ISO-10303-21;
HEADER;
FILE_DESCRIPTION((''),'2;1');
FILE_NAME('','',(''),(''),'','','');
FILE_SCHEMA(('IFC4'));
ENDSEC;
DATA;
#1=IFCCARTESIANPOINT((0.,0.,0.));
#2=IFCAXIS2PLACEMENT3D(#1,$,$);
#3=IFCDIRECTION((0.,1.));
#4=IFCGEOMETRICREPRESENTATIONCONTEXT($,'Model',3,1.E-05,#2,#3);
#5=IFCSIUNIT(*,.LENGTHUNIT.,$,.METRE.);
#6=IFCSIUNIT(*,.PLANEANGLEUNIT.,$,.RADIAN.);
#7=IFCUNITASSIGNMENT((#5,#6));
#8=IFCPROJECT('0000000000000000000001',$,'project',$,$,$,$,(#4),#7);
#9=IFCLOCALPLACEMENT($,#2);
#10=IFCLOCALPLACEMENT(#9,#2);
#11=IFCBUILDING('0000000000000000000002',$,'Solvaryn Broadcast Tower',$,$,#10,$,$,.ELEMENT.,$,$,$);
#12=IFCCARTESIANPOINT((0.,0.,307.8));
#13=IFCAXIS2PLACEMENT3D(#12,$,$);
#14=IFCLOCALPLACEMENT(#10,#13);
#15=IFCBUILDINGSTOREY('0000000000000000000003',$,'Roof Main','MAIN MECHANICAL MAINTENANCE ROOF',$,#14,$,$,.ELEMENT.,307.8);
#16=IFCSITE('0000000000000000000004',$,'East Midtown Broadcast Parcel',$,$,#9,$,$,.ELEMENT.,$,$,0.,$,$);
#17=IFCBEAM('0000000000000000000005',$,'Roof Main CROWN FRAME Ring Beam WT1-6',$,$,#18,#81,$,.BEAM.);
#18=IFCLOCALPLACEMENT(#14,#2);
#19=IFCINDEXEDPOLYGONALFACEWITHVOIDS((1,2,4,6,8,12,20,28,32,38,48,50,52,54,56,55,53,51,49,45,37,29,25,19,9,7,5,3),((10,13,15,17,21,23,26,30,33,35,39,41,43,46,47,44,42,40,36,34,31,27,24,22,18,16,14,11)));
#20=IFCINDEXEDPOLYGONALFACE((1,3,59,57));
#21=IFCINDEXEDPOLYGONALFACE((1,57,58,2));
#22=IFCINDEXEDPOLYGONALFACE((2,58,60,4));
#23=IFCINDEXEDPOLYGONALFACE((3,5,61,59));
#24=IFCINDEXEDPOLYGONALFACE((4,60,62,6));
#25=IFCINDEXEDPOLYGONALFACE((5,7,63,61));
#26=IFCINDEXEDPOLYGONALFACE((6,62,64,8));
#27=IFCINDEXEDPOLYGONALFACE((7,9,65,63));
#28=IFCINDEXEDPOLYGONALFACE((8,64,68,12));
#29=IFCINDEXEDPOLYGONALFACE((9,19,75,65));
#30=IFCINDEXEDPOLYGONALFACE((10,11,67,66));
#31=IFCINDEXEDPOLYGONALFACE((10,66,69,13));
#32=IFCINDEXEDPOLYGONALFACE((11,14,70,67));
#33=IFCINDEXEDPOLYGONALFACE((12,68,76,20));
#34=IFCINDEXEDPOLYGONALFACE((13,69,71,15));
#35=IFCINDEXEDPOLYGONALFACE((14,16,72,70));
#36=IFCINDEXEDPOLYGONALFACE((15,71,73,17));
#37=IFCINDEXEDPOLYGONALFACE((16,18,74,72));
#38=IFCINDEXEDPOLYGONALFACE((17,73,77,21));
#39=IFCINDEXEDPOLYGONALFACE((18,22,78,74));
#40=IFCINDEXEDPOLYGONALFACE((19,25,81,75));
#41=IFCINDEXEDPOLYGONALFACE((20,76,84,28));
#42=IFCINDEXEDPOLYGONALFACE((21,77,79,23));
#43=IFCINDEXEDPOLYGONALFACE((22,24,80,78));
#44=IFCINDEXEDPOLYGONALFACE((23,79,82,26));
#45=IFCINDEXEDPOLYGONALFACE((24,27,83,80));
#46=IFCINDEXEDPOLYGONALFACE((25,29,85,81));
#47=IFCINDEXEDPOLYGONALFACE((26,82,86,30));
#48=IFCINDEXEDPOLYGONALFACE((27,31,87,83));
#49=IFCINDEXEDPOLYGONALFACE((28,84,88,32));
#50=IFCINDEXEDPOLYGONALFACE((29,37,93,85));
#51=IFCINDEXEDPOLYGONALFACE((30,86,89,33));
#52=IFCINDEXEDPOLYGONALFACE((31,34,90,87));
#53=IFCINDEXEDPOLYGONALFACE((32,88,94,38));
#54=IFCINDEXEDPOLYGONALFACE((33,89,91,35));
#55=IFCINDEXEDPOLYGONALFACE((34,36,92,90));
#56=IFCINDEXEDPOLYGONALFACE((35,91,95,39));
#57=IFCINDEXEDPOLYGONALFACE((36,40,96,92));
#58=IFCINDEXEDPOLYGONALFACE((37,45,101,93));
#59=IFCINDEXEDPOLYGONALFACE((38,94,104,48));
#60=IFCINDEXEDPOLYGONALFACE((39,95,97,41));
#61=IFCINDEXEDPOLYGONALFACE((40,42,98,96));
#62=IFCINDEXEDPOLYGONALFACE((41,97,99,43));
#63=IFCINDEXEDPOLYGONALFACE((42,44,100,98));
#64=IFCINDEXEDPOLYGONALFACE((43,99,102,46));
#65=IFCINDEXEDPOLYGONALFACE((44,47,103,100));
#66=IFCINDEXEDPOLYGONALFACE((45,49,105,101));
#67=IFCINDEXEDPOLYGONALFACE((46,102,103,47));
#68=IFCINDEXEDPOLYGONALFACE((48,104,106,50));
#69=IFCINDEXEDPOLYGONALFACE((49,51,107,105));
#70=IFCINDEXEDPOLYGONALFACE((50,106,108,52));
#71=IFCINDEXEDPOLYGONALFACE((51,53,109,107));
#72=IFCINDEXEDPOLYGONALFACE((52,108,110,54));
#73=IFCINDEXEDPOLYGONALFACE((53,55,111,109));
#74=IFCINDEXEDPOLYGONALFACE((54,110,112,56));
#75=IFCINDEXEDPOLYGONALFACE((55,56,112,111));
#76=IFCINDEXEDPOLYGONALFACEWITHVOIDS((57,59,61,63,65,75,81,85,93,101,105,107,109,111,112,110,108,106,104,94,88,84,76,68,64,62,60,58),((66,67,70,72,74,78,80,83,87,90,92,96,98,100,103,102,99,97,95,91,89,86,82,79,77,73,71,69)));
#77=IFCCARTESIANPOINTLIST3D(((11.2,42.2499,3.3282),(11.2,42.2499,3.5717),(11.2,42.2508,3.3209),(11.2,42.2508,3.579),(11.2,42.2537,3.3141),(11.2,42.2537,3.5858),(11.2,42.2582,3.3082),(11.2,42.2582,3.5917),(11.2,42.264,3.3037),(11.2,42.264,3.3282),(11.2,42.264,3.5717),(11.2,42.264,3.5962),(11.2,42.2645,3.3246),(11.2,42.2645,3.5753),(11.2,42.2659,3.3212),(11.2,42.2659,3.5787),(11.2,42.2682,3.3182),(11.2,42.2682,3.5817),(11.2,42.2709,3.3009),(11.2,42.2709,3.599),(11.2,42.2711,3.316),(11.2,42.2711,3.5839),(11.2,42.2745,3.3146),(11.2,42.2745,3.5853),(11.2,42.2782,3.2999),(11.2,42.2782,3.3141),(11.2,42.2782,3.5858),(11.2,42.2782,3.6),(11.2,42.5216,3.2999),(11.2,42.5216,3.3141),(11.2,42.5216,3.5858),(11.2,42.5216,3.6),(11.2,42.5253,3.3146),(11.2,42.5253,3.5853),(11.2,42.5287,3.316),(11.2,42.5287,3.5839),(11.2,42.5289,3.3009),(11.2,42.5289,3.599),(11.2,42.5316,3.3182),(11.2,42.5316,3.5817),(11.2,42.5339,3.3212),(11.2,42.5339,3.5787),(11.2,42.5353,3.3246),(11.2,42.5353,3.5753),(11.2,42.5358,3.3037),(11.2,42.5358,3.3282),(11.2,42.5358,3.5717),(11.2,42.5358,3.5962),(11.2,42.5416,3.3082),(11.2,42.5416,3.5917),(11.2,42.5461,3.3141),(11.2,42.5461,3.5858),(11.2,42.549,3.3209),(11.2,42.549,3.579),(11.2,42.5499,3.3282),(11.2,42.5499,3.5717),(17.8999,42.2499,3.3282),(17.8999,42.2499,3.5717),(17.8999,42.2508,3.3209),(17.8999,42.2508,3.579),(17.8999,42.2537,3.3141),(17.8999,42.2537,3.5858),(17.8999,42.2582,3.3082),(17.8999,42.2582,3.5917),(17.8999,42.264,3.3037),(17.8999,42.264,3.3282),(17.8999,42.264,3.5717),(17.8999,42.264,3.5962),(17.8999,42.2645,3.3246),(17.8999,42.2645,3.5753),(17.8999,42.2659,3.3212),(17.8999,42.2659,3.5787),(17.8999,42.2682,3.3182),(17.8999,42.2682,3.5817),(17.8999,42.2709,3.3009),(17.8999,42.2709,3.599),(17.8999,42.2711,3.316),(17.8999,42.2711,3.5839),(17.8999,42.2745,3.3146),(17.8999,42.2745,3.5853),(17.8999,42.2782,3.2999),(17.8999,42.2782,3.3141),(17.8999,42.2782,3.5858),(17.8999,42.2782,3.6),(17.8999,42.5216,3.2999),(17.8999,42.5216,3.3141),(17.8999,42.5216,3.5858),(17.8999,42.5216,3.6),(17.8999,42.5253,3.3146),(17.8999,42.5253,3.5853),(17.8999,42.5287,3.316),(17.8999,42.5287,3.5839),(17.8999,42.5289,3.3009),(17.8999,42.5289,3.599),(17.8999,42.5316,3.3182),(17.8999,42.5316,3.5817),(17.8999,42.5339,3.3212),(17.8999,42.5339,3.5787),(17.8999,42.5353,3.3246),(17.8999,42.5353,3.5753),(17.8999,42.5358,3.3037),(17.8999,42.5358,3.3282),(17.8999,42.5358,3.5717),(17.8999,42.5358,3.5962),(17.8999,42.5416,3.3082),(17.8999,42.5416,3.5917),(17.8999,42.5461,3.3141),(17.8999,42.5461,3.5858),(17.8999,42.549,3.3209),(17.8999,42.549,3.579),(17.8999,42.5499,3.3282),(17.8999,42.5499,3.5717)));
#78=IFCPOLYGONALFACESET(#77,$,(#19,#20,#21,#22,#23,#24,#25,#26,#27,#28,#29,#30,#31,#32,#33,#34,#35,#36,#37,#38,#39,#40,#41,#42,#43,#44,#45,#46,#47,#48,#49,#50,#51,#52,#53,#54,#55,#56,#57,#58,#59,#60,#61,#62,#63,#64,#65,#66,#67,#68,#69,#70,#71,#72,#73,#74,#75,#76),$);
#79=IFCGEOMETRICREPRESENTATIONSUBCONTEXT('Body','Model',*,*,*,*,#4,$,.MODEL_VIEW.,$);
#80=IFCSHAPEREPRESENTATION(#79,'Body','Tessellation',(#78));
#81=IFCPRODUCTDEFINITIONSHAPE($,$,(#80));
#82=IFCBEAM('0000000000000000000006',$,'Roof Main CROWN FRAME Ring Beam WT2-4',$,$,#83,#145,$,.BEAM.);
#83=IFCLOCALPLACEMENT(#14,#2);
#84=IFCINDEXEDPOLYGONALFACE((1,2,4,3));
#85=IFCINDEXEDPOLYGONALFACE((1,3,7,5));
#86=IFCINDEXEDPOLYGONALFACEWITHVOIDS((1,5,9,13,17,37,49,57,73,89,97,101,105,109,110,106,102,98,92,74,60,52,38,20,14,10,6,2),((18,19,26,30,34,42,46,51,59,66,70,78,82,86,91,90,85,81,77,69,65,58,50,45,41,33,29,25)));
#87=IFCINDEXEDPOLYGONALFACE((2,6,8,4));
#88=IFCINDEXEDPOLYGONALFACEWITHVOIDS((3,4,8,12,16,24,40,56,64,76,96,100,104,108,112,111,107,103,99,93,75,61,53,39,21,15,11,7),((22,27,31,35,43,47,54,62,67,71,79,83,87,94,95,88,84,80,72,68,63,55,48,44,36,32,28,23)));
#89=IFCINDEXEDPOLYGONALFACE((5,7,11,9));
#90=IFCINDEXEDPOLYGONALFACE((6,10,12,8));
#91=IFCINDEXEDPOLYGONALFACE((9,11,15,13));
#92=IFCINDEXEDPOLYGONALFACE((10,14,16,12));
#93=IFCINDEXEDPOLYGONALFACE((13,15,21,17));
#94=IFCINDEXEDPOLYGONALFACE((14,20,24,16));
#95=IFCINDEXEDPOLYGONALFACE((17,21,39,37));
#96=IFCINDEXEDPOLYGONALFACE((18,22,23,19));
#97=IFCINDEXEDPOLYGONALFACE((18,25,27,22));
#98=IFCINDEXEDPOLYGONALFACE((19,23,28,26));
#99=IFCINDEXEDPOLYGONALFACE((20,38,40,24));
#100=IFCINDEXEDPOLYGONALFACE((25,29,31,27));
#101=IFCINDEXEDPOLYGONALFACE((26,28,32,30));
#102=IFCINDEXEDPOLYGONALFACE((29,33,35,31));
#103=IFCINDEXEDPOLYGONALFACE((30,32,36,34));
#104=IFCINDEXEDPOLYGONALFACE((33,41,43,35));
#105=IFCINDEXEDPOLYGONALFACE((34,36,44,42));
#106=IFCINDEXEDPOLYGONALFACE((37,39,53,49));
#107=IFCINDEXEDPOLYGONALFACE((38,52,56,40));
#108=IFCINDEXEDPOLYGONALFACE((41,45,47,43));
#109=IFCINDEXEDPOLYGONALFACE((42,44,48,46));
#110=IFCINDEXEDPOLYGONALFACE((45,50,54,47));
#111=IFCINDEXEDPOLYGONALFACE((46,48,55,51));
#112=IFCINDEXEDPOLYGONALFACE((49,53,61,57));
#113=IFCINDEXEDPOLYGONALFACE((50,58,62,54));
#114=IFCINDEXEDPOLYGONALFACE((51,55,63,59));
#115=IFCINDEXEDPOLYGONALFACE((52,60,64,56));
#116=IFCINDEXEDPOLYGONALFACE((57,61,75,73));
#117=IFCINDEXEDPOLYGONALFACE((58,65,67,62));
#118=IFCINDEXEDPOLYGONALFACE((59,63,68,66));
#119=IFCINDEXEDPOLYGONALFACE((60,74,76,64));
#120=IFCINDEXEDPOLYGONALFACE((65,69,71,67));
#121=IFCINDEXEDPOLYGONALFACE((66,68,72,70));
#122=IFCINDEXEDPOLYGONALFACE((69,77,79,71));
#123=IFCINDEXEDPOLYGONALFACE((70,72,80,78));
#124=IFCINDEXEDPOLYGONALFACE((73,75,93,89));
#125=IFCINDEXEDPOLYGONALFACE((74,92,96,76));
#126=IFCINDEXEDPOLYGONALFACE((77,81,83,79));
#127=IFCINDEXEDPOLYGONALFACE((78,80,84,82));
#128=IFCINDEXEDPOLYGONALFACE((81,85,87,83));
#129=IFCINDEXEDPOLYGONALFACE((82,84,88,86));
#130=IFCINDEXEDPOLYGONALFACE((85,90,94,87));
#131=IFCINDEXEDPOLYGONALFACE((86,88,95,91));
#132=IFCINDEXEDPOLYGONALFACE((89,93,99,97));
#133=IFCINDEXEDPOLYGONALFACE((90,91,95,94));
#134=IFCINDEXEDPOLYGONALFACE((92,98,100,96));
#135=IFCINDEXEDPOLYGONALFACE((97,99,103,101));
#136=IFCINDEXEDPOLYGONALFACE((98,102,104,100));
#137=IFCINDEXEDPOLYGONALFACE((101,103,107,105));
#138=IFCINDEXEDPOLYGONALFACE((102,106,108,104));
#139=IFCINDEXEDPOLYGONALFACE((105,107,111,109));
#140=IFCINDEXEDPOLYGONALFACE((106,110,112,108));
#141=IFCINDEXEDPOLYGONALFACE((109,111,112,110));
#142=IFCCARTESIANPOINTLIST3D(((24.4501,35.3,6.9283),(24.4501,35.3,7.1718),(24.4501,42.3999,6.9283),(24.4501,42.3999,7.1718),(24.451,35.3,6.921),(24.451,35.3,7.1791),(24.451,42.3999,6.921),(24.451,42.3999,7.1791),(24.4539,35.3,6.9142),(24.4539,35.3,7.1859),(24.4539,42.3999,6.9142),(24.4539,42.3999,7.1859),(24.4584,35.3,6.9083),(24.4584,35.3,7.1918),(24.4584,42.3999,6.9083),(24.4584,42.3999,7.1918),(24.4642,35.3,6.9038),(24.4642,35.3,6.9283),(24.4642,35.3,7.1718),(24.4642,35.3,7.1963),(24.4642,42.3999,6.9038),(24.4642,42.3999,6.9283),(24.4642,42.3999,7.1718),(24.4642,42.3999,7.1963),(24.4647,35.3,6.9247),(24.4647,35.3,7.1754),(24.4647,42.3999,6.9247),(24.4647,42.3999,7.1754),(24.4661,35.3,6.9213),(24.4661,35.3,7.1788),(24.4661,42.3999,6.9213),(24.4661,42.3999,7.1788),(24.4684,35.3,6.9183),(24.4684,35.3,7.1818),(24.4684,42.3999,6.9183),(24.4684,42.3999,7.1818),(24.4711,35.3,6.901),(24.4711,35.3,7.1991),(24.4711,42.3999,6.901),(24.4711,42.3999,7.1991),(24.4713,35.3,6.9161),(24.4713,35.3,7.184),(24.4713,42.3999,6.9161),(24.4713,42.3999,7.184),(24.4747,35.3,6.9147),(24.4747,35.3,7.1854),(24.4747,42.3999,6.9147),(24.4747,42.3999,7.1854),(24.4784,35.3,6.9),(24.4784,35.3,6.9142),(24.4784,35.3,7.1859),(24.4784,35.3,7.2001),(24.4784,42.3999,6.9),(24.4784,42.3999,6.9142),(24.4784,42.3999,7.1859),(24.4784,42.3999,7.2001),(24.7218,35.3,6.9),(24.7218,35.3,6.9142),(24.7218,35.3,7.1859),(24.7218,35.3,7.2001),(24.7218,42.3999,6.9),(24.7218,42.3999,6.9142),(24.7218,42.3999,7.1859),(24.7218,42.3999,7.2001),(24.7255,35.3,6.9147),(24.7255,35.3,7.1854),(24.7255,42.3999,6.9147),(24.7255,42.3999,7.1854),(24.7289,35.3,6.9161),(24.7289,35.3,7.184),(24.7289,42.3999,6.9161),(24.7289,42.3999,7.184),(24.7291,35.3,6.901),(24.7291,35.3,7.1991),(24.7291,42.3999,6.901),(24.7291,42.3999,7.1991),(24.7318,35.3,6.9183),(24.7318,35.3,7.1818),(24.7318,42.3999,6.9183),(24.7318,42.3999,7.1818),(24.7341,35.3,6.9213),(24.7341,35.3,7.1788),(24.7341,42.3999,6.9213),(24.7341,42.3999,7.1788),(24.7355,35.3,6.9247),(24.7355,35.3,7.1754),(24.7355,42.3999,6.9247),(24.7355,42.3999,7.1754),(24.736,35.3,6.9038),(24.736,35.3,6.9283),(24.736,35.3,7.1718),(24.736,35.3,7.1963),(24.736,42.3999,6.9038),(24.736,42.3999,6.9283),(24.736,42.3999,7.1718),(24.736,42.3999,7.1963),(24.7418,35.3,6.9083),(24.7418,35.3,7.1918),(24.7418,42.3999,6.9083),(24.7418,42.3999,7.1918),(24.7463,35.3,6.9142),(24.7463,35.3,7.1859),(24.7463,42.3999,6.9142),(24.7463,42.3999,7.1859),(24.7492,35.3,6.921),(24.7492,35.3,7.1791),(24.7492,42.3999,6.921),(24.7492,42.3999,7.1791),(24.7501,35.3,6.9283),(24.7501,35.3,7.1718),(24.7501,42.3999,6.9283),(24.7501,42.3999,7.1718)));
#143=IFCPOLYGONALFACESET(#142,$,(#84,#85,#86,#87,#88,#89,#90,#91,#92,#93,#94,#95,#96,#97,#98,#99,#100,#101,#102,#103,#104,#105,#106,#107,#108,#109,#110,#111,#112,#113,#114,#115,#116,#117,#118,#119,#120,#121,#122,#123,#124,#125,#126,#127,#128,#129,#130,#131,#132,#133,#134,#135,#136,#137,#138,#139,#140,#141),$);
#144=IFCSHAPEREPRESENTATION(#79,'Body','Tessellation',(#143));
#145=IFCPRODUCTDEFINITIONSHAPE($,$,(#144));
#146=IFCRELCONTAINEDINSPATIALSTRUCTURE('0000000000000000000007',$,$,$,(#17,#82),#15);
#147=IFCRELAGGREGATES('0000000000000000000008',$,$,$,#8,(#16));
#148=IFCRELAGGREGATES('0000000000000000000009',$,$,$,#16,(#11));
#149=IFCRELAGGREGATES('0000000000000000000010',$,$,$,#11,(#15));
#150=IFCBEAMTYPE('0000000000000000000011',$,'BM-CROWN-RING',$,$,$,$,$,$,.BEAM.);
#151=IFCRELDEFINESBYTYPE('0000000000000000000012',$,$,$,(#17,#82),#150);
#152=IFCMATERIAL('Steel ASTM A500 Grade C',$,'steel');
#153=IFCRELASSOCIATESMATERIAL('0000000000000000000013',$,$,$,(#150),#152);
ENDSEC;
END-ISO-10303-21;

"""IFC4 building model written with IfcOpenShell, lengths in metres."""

from ifc_helpers import new_model, si_unit, direction, frame, origin, origin_2d, place, context, subcontext, project, spatial, hollow_rectangle, extrude, material, material_profile, profile_set, type_object, element, save


model = new_model("IFC4")

# Units and contexts
model_context = context("Model", 3, precision=1e-05, world=origin(), true_north=direction((0.0, 1.0)))
body_context = subcontext(model_context, "Body", "Model", "MODEL_VIEW")
ifc_project = project(units=[si_unit("LENGTHUNIT", "METRE"), si_unit("PLANEANGLEUNIT", "RADIAN")], contexts=[model_context])

# Site, building, storey
site_placement = place(None, origin())
site = spatial("IfcSite", under=ifc_project, at=site_placement, Name="East Midtown Broadcast Parcel", CompositionType="ELEMENT", RefElevation=0.0)
building_placement = place(site_placement, origin())
building = spatial("IfcBuilding", under=site, at=building_placement, Name="Solvaryn Broadcast Tower", CompositionType="ELEMENT")
storey_placement = place(building_placement, frame((0.0, 0.0, 307.8)))
storey = spatial("IfcBuildingStorey", under=building, at=storey_placement, Name="Roof Main", Description="MAIN MECHANICAL MAINTENANCE ROOF", CompositionType="ELEMENT", Elevation=307.8)

# Beams
ifc_material_1 = material(Name="Steel ASTM A500 Grade C", Category="steel")
ifc_material_profile_1 = material_profile(ifc_material_1, hollow_rectangle(XDim=0.3, YDim=0.3, WallThickness=0.0142, InnerFilletRadius=0.0142, OuterFilletRadius=0.0283, at=origin_2d()))
ifc_profile_set_1 = profile_set([ifc_material_profile_1], Name="Steel ASTM A500 Grade C")
beam_type = type_object("IfcBeamType", Name="BM-CROWN-RING", PredefinedType="BEAM", material=ifc_profile_set_1)
beam_1_placement = place(storey_placement, frame((17.8999, 42.3999, 3.45), z_axis=(-1.0, 0.0, 0.0), x_axis=(0.0, -1.0, 0.0)))
element("IfcBeam", 1, at=beam_1_placement, inside=storey, type_object=beam_type, Name="Roof Main CROWN FRAME Ring Beam WT1-6", PredefinedType="BEAM", context=body_context, shape_type="SweptSolid", body=[
    extrude(hollow_rectangle(XDim=0.3, YDim=0.3, WallThickness=0.0142, InnerFilletRadius=0.0142, OuterFilletRadius=0.0283, at=origin_2d()), origin(), (0.0, 0.0, 1.0), 6.7),
])
beam_2_placement = place(storey_placement, frame((24.6001, 35.3, 7.05), z_axis=(0.0, 1.0, 0.0), x_axis=(-1.0, 0.0, 0.0)))
element("IfcBeam", 2, at=beam_2_placement, inside=storey, type_object=beam_type, Name="Roof Main CROWN FRAME Ring Beam WT2-4", PredefinedType="BEAM", context=body_context, shape_type="SweptSolid", body=[
    extrude(hollow_rectangle(XDim=0.3, YDim=0.3, WallThickness=0.0142, InnerFilletRadius=0.0142, OuterFilletRadius=0.0283, at=origin_2d()), origin(), (0.0, 0.0, 1.0), 7.0999),
])

save(model, "model.ifc")
